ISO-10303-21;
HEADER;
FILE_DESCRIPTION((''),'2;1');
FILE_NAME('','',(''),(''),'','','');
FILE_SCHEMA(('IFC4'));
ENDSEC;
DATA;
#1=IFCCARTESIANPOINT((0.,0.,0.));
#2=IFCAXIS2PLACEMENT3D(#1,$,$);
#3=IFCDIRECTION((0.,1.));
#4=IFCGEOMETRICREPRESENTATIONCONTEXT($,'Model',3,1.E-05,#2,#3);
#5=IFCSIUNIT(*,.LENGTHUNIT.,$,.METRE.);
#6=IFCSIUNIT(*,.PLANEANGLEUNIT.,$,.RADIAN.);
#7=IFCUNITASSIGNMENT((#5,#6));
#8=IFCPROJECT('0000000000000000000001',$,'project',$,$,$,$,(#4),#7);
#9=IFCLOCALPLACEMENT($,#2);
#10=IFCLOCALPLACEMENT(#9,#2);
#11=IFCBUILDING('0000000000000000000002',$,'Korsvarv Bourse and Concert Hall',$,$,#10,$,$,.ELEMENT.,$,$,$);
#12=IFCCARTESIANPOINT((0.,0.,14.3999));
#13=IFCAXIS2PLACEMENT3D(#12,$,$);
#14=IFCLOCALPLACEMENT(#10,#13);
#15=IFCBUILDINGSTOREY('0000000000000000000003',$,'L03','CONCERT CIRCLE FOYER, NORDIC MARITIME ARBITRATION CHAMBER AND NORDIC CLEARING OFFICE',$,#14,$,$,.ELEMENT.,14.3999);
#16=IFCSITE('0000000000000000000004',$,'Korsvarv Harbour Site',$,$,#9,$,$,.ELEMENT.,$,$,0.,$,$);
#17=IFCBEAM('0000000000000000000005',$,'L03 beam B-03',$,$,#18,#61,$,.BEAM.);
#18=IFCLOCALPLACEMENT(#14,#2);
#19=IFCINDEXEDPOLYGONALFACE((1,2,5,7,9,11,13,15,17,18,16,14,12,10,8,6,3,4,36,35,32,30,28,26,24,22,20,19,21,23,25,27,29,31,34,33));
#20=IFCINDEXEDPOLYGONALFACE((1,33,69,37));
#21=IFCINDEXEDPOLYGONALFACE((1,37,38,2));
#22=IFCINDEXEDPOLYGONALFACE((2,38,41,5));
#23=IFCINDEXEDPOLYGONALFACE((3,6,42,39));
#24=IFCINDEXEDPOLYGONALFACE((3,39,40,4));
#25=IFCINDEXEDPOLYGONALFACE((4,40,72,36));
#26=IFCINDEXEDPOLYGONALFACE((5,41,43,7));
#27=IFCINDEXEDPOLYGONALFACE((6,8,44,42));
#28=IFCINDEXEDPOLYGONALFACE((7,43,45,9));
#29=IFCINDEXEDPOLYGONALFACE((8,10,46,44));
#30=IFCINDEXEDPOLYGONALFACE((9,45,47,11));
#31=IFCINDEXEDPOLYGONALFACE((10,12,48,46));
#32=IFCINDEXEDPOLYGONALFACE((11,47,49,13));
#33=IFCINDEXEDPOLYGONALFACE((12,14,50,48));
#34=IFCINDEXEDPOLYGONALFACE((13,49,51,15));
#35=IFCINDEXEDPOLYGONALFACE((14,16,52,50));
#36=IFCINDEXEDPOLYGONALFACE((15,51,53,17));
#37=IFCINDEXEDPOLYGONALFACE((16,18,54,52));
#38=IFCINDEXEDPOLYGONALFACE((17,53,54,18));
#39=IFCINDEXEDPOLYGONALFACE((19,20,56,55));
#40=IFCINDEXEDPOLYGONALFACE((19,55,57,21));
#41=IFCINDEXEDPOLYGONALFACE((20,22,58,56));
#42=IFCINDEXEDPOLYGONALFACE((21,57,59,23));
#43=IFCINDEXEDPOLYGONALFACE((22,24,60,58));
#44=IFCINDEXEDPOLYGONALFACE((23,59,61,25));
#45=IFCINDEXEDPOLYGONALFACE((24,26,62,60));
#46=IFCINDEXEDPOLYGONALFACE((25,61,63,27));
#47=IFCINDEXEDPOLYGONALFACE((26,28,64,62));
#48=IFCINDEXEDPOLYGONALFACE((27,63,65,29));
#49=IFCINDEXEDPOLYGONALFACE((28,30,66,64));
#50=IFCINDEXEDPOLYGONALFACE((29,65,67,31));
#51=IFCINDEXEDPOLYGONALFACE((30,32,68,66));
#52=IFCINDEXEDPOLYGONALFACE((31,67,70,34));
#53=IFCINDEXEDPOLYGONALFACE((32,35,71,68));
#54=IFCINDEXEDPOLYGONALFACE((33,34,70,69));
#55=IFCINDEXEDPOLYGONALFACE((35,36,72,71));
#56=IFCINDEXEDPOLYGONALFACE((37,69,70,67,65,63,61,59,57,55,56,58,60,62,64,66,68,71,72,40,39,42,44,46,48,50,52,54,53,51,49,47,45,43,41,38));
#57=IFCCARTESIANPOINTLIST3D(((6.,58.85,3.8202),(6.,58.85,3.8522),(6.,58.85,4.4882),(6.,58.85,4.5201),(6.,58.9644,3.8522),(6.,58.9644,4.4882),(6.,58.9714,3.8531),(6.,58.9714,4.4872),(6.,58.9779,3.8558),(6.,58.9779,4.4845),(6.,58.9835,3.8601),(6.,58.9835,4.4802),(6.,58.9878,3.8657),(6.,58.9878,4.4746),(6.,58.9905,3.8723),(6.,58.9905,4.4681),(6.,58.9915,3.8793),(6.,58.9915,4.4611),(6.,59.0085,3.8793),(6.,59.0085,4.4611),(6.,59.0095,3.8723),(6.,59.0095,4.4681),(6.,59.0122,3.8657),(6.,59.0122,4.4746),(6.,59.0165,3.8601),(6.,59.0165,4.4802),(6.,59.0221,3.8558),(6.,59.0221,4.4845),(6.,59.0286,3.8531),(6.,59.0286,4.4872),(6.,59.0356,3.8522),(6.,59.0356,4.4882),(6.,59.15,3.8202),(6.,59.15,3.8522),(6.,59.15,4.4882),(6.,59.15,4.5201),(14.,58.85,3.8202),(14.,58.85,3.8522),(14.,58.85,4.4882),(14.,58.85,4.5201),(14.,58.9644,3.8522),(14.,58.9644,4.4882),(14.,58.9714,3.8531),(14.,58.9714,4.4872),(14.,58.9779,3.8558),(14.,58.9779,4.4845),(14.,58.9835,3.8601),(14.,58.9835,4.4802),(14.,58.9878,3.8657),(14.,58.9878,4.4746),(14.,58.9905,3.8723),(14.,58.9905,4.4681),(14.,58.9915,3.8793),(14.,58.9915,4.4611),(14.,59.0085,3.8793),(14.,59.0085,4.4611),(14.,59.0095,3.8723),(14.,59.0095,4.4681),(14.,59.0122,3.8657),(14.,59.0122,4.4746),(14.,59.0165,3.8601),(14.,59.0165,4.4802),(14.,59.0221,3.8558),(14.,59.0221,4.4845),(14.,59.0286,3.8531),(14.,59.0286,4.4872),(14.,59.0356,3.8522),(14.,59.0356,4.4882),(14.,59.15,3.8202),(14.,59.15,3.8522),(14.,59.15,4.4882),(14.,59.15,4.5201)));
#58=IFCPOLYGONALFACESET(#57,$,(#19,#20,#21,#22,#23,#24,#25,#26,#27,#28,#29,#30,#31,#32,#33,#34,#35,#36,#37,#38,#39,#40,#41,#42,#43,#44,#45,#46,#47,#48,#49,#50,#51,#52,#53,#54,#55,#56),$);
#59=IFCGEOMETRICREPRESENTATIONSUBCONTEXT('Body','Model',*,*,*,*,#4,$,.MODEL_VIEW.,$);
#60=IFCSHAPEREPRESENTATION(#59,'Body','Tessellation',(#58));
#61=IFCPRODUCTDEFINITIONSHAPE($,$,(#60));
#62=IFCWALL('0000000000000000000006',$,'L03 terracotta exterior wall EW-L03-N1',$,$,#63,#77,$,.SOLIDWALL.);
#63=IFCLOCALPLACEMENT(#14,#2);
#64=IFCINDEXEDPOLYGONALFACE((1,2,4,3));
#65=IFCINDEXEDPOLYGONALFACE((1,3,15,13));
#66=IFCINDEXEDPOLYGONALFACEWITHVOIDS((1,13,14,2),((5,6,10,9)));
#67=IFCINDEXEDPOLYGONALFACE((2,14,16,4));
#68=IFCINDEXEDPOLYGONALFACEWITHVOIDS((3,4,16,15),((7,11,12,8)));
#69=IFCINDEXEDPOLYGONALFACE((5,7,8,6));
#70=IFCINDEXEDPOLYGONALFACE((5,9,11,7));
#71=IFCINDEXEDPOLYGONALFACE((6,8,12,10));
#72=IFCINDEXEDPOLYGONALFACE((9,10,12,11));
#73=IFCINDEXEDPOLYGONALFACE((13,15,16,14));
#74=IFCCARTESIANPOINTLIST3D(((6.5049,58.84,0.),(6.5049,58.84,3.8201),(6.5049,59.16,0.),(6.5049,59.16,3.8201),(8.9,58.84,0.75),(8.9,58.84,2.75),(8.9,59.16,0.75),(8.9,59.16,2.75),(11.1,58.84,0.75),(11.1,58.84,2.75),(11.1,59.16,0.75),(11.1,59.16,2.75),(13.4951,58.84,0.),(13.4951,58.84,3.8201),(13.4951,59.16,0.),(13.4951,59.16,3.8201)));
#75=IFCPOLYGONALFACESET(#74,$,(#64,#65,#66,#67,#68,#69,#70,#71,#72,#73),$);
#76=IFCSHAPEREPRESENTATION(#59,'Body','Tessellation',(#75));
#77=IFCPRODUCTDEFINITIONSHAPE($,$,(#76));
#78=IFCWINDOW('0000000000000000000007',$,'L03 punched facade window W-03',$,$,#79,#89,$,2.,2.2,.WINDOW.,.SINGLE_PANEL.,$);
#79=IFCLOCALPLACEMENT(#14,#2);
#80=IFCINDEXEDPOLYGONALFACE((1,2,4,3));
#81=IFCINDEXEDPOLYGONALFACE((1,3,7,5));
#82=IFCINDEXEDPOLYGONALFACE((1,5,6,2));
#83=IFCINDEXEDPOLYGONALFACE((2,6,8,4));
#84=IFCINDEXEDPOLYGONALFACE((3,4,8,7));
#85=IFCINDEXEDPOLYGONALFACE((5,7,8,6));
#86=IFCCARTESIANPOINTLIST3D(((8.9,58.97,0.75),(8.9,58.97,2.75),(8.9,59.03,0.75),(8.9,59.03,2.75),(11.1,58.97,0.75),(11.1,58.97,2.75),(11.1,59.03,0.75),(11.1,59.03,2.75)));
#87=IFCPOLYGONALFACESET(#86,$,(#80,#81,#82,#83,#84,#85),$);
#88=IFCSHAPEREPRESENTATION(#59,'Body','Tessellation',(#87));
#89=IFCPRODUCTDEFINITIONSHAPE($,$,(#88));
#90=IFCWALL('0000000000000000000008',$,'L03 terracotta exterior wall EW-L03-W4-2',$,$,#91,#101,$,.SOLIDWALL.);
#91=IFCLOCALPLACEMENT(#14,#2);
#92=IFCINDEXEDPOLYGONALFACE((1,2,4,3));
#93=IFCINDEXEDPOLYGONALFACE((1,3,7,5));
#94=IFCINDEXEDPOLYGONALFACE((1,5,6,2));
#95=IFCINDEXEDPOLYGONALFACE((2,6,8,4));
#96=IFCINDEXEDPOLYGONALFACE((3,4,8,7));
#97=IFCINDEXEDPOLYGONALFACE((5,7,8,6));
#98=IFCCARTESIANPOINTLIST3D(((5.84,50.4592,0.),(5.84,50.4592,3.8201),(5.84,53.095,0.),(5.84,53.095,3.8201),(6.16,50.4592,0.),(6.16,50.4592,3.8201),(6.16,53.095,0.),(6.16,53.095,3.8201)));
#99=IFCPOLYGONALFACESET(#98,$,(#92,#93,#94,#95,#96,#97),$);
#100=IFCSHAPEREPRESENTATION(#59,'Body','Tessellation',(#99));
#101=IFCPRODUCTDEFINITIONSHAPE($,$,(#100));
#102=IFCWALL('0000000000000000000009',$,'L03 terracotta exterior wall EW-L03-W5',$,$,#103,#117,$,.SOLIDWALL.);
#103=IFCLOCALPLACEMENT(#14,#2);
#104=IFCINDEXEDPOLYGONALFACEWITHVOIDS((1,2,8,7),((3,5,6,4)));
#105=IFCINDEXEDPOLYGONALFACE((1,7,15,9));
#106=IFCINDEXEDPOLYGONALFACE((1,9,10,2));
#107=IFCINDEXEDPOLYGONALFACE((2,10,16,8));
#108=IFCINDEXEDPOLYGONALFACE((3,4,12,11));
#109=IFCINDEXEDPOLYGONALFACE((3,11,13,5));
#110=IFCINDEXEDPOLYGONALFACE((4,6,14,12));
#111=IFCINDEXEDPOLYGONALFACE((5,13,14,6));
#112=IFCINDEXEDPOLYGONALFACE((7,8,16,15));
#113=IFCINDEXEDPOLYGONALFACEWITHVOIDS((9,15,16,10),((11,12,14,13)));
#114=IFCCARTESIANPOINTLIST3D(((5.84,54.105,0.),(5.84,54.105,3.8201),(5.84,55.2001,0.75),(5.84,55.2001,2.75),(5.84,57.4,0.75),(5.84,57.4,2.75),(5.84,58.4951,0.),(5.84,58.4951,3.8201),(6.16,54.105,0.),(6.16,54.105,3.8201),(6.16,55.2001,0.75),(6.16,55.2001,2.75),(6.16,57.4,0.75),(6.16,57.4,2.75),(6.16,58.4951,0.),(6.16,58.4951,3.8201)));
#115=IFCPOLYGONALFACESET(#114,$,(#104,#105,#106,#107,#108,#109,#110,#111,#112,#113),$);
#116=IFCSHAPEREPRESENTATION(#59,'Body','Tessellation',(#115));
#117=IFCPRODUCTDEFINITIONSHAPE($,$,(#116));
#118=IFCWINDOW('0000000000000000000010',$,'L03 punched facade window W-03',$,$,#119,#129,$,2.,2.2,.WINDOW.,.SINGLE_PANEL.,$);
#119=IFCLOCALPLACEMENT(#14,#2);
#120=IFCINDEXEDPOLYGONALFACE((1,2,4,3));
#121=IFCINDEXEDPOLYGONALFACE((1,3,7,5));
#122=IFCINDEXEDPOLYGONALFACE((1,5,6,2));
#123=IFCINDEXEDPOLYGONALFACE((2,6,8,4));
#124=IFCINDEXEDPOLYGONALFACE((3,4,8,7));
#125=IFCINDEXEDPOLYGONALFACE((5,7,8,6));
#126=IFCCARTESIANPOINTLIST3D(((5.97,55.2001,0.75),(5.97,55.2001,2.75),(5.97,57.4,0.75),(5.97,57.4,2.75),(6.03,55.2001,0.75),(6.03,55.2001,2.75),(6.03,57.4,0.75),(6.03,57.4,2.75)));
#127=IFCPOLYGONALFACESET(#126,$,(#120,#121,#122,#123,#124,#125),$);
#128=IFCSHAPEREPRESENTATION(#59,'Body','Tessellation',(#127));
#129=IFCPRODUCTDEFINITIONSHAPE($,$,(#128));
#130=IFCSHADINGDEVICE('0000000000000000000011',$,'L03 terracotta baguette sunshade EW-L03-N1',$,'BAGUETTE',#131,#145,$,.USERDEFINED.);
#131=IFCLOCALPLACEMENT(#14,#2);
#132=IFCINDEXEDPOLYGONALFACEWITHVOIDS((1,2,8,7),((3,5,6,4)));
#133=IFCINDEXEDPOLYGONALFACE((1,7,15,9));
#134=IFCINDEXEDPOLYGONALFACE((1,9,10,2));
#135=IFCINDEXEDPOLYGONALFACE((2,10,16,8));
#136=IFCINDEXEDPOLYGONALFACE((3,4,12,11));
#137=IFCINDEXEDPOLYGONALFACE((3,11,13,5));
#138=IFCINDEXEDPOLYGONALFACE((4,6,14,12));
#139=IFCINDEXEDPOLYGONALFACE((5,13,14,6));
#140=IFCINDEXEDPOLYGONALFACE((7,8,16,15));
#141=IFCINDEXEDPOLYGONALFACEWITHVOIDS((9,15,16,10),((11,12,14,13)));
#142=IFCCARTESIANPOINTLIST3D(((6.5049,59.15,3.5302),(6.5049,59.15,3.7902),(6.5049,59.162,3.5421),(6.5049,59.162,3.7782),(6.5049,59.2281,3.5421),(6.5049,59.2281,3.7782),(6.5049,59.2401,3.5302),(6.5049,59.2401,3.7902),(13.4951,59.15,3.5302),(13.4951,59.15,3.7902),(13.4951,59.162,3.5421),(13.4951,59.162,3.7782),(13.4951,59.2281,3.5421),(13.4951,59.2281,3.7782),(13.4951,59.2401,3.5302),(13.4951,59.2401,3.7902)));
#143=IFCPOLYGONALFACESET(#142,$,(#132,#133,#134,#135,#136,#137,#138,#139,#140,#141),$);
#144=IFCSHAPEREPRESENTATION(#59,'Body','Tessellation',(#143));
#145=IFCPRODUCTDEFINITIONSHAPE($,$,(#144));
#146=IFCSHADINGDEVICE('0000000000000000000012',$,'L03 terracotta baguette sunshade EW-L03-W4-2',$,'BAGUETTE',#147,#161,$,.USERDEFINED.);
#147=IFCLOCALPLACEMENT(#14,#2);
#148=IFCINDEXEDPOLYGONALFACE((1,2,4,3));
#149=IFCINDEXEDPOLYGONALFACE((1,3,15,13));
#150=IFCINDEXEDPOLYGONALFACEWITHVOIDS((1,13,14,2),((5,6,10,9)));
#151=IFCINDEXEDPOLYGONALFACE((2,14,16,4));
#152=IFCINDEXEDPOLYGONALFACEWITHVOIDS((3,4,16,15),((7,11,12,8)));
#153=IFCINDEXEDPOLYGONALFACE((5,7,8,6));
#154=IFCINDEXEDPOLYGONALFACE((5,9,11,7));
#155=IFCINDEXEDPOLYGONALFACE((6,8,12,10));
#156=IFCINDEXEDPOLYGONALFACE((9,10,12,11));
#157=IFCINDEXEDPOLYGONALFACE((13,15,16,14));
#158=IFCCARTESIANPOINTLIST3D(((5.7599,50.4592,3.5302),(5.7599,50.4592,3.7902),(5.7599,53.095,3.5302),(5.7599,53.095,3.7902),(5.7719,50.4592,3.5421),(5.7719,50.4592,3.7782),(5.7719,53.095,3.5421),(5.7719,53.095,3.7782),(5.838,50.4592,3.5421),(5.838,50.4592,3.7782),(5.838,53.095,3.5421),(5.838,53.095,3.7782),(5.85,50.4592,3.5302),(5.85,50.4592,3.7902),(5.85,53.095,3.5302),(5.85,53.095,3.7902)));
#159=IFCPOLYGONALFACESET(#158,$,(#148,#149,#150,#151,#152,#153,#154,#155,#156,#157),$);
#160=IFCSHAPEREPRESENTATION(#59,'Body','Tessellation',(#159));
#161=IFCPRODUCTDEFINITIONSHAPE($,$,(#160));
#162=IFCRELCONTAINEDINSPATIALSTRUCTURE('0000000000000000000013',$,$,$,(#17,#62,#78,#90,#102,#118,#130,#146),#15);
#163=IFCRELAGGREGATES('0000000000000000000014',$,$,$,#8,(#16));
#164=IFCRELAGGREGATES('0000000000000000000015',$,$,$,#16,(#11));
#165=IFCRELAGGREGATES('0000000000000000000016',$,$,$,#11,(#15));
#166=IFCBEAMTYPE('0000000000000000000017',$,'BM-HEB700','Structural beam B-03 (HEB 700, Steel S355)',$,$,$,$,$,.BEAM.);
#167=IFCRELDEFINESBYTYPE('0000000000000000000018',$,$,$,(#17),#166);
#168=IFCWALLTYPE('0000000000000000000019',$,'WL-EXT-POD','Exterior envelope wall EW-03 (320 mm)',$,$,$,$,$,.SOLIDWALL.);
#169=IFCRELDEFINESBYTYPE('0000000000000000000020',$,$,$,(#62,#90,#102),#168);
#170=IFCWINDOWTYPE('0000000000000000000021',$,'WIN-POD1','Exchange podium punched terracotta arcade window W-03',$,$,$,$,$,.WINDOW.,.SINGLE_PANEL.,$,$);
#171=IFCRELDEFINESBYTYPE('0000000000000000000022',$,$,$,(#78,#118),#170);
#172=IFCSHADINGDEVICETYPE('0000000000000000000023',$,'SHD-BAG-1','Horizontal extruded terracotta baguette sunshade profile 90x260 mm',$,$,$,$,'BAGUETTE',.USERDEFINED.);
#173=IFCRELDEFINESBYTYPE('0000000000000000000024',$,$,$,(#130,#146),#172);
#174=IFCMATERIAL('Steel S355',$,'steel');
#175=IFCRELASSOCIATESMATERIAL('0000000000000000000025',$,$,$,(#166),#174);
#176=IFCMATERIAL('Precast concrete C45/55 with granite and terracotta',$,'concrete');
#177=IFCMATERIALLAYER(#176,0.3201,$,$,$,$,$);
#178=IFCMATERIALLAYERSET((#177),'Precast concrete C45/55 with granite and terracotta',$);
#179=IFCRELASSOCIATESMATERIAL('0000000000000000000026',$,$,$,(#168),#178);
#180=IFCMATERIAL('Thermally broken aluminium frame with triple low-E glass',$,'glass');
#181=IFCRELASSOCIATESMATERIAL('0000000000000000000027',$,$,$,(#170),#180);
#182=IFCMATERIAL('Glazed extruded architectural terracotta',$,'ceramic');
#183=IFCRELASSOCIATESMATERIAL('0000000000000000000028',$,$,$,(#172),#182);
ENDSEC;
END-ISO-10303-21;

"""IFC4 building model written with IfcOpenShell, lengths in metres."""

from ifc_helpers import new_model, si_unit, direction, frame, frame_2d, origin, origin_2d, place, context, subcontext, project, spatial, rectangle, hollow_rectangle, i_section, extrude, source, transform, mapped, material, layer, layer_set, material_profile, profile_set, type_object, element, fill, save


model = new_model("IFC4")

# Units and contexts
model_context = context("Model", 3, precision=1e-05, world=origin(), true_north=direction((0.0, 1.0)))
body_context = subcontext(model_context, "Body", "Model", "MODEL_VIEW")
ifc_project = project(units=[si_unit("LENGTHUNIT", "METRE"), si_unit("PLANEANGLEUNIT", "RADIAN")], contexts=[model_context])

# Site, building, storey
site_placement = place(None, origin())
site = spatial("IfcSite", under=ifc_project, at=site_placement, Name="Korsvarv Harbour Site", CompositionType="ELEMENT", RefElevation=0.0)
building_placement = place(site_placement, origin())
building = spatial("IfcBuilding", under=site, at=building_placement, Name="Korsvarv Bourse and Concert Hall", CompositionType="ELEMENT")
storey_placement = place(building_placement, frame((0.0, 0.0, 14.3999)))
storey = spatial("IfcBuildingStorey", under=building, at=storey_placement, Name="L03", Description="CONCERT CIRCLE FOYER, NORDIC MARITIME ARBITRATION CHAMBER AND NORDIC CLEARING OFFICE", CompositionType="ELEMENT", Elevation=14.3999)

# Beam
ifc_material_1 = material(Name="Steel S355", Category="steel")
ifc_material_profile_1 = material_profile(ifc_material_1, i_section(OverallWidth=0.3, OverallDepth=0.7, WebThickness=0.0171, FlangeThickness=0.032, FilletRadius=0.0271, at=origin_2d()), Name="HEB 700")
ifc_profile_set_1 = profile_set([ifc_material_profile_1], Name="Steel S355")
beam_type = type_object("IfcBeamType", Name="BM-HEB700", Description="Structural beam B-03 (HEB 700, Steel S355)", PredefinedType="BEAM", material=ifc_profile_set_1)
shared_shape_1 = source(origin(), body_context, "Body", "SweptSolid", [
    extrude(i_section(OverallWidth=0.3, OverallDepth=0.7, WebThickness=0.0171, FlangeThickness=0.032, FilletRadius=0.0271, at=origin_2d()), origin(), (0.0, 0.0, 1.0), 8.0),
])
beam_1_placement = place(storey_placement, frame((6.0, 59.0, 4.1702), z_axis=(1.0, 0.0, 0.0), x_axis=(0.0, 1.0, 0.0)))
element("IfcBeam", 1, at=beam_1_placement, inside=storey, type_object=beam_type, Name="L03 beam B-03", PredefinedType="BEAM", context=body_context, shape_type="MappedRepresentation", body=[
    mapped(shared_shape_1, transform((0.0, 0.0, 0.0), scale=1.0)),
])

# Wall, opening, window
ifc_material_2 = material(Name="Precast concrete C45/55 with granite and terracotta", Category="concrete")
ifc_layer = layer(ifc_material_2, 0.3201)
ifc_layer_set = layer_set([ifc_layer], Name="Precast concrete C45/55 with granite and terracotta")
wall_type = type_object("IfcWallType", Name="WL-EXT-POD", Description="Exterior envelope wall EW-03 (320 mm)", PredefinedType="SOLIDWALL", material=ifc_layer_set)
wall_1_placement = place(storey_placement, frame((6.5049, 59.0, 0.0), z_axis=(0.0, 0.0, 1.0), x_axis=(1.0, 0.0, 0.0)))
wall_1 = element("IfcWall", 2, at=wall_1_placement, inside=storey, type_object=wall_type, Name="L03 terracotta exterior wall EW-L03-N1", PredefinedType="SOLIDWALL", context=body_context, shape_type="SweptSolid", body=[
    extrude(rectangle(XDim=6.9902, YDim=0.3201, at=frame_2d((3.4951, 0.0))), origin(), (0.0, 0.0, 1.0), 3.8201),
])
opening_1_placement = place(wall_1_placement, frame((2.395, 0.0, 0.75)))
opening_1 = element("IfcOpeningElement", 3, at=opening_1_placement, cuts=wall_1, PredefinedType="OPENING", context=body_context, shape_type="SweptSolid", body=[
    extrude(rectangle(XDim=2.2, YDim=2.0, at=frame_2d((1.1001, 1.0))), frame((0.0, 0.1699, 0.0), z_axis=(0.0, -1.0, 0.0), x_axis=(1.0, 0.0, 0.0)), (0.0, 0.0, 1.0), 0.3401),
])
ifc_material_3 = material(Name="Thermally broken aluminium frame with triple low-E glass", Category="glass")
window_type = type_object("IfcWindowType", Name="WIN-POD1", Description="Exchange podium punched terracotta arcade window W-03", PartitioningType="SINGLE_PANEL", PredefinedType="WINDOW", material=ifc_material_3)
window_1_placement = place(opening_1_placement, origin())
window_1 = element("IfcWindow", 4, at=window_1_placement, inside=storey, type_object=window_type, Name="L03 punched facade window W-03", OverallHeight=2.0, OverallWidth=2.2, PartitioningType="SINGLE_PANEL", PredefinedType="WINDOW", context=body_context, shape_type="SweptSolid", body=[
    extrude(rectangle(XDim=2.2, YDim=2.0, at=frame_2d((1.1001, 1.0))), frame((0.0, 0.03, 0.0), z_axis=(0.0, -1.0, 0.0), x_axis=(1.0, 0.0, 0.0)), (0.0, 0.0, 1.0), 0.0601),
])
fill(opening_1, window_1)

# Wall
wall_2_placement = place(storey_placement, frame((6.0, 50.4592, 0.0), z_axis=(0.0, 0.0, 1.0), x_axis=(0.0, 1.0, 0.0)))
element("IfcWall", 5, at=wall_2_placement, inside=storey, type_object=wall_type, Name="L03 terracotta exterior wall EW-L03-W4-2", PredefinedType="SOLIDWALL", context=body_context, shape_type="SweptSolid", body=[
    extrude(rectangle(XDim=2.6357, YDim=0.3201, at=frame_2d((1.3179, 0.0))), origin(), (0.0, 0.0, 1.0), 3.8201),
])

# Wall, opening, window
wall_3_placement = place(storey_placement, frame((6.0, 54.105, 0.0), z_axis=(0.0, 0.0, 1.0), x_axis=(0.0, 1.0, 0.0)))
wall_3 = element("IfcWall", 6, at=wall_3_placement, inside=storey, type_object=wall_type, Name="L03 terracotta exterior wall EW-L03-W5", PredefinedType="SOLIDWALL", context=body_context, shape_type="SweptSolid", body=[
    extrude(rectangle(XDim=4.3901, YDim=0.3201, at=frame_2d((2.1951, 0.0))), origin(), (0.0, 0.0, 1.0), 3.8201),
])
opening_2_placement = place(wall_3_placement, frame((1.095, 0.0, 0.75)))
opening_2 = element("IfcOpeningElement", 7, at=opening_2_placement, cuts=wall_3, PredefinedType="OPENING", context=body_context, shape_type="SweptSolid", body=[
    extrude(rectangle(XDim=2.2, YDim=2.0, at=frame_2d((1.1001, 1.0))), frame((0.0, 0.1699, 0.0), z_axis=(0.0, -1.0, 0.0), x_axis=(1.0, 0.0, 0.0)), (0.0, 0.0, 1.0), 0.3401),
])
window_2_placement = place(opening_2_placement, origin())
window_2 = element("IfcWindow", 8, at=window_2_placement, inside=storey, type_object=window_type, Name="L03 punched facade window W-03", OverallHeight=2.0, OverallWidth=2.2, PartitioningType="SINGLE_PANEL", PredefinedType="WINDOW", context=body_context, shape_type="SweptSolid", body=[
    extrude(rectangle(XDim=2.2, YDim=2.0, at=frame_2d((1.1001, 1.0))), frame((0.0, 0.03, 0.0), z_axis=(0.0, -1.0, 0.0), x_axis=(1.0, 0.0, 0.0)), (0.0, 0.0, 1.0), 0.0601),
])
fill(opening_2, window_2)

# Shading devices
ifc_material_4 = material(Name="Glazed extruded architectural terracotta", Category="ceramic")
ifc_material_profile_2 = material_profile(ifc_material_4, hollow_rectangle(XDim=0.0901, YDim=0.26, WallThickness=0.012, at=origin_2d()), Name="TC-BAG 90x260")
ifc_profile_set_2 = profile_set([ifc_material_profile_2], Name="Glazed extruded architectural terracotta")
shading_device_type = type_object("IfcShadingDeviceType", Name="SHD-BAG-1", Description="Horizontal extruded terracotta baguette sunshade profile 90x260 mm", ElementType="BAGUETTE", PredefinedType="USERDEFINED", material=ifc_profile_set_2)
shared_shape_2 = source(origin(), body_context, "Body", "SweptSolid", [
    extrude(hollow_rectangle(XDim=0.0901, YDim=0.26, WallThickness=0.012, at=origin_2d()), origin(), (0.0, 0.0, 1.0), 6.9902),
])
shading_device_1_placement = place(storey_placement, frame((6.5049, 59.1951, 3.6602), z_axis=(1.0, 0.0, 0.0), x_axis=(0.0, 1.0, 0.0)))
element("IfcShadingDevice", 9, at=shading_device_1_placement, inside=storey, type_object=shading_device_type, Name="L03 terracotta baguette sunshade EW-L03-N1", ObjectType="BAGUETTE", PredefinedType="USERDEFINED", context=body_context, shape_type="MappedRepresentation", body=[
    mapped(shared_shape_2, transform((0.0, 0.0, 0.0), scale=1.0)),
])
shared_shape_3 = source(origin(), body_context, "Body", "SweptSolid", [
    extrude(hollow_rectangle(XDim=0.0901, YDim=0.26, WallThickness=0.012, at=origin_2d()), origin(), (0.0, 0.0, 1.0), 2.6357),
])
shading_device_2_placement = place(storey_placement, frame((5.8049, 50.4592, 3.6602), z_axis=(0.0, 1.0, 0.0), x_axis=(-1.0, 0.0, 0.0)))
element("IfcShadingDevice", 10, at=shading_device_2_placement, inside=storey, type_object=shading_device_type, Name="L03 terracotta baguette sunshade EW-L03-W4-2", ObjectType="BAGUETTE", PredefinedType="USERDEFINED", context=body_context, shape_type="MappedRepresentation", body=[
    mapped(shared_shape_3, transform((0.0, 0.0, 0.0), scale=1.0)),
])

save(model, "model.ifc")
